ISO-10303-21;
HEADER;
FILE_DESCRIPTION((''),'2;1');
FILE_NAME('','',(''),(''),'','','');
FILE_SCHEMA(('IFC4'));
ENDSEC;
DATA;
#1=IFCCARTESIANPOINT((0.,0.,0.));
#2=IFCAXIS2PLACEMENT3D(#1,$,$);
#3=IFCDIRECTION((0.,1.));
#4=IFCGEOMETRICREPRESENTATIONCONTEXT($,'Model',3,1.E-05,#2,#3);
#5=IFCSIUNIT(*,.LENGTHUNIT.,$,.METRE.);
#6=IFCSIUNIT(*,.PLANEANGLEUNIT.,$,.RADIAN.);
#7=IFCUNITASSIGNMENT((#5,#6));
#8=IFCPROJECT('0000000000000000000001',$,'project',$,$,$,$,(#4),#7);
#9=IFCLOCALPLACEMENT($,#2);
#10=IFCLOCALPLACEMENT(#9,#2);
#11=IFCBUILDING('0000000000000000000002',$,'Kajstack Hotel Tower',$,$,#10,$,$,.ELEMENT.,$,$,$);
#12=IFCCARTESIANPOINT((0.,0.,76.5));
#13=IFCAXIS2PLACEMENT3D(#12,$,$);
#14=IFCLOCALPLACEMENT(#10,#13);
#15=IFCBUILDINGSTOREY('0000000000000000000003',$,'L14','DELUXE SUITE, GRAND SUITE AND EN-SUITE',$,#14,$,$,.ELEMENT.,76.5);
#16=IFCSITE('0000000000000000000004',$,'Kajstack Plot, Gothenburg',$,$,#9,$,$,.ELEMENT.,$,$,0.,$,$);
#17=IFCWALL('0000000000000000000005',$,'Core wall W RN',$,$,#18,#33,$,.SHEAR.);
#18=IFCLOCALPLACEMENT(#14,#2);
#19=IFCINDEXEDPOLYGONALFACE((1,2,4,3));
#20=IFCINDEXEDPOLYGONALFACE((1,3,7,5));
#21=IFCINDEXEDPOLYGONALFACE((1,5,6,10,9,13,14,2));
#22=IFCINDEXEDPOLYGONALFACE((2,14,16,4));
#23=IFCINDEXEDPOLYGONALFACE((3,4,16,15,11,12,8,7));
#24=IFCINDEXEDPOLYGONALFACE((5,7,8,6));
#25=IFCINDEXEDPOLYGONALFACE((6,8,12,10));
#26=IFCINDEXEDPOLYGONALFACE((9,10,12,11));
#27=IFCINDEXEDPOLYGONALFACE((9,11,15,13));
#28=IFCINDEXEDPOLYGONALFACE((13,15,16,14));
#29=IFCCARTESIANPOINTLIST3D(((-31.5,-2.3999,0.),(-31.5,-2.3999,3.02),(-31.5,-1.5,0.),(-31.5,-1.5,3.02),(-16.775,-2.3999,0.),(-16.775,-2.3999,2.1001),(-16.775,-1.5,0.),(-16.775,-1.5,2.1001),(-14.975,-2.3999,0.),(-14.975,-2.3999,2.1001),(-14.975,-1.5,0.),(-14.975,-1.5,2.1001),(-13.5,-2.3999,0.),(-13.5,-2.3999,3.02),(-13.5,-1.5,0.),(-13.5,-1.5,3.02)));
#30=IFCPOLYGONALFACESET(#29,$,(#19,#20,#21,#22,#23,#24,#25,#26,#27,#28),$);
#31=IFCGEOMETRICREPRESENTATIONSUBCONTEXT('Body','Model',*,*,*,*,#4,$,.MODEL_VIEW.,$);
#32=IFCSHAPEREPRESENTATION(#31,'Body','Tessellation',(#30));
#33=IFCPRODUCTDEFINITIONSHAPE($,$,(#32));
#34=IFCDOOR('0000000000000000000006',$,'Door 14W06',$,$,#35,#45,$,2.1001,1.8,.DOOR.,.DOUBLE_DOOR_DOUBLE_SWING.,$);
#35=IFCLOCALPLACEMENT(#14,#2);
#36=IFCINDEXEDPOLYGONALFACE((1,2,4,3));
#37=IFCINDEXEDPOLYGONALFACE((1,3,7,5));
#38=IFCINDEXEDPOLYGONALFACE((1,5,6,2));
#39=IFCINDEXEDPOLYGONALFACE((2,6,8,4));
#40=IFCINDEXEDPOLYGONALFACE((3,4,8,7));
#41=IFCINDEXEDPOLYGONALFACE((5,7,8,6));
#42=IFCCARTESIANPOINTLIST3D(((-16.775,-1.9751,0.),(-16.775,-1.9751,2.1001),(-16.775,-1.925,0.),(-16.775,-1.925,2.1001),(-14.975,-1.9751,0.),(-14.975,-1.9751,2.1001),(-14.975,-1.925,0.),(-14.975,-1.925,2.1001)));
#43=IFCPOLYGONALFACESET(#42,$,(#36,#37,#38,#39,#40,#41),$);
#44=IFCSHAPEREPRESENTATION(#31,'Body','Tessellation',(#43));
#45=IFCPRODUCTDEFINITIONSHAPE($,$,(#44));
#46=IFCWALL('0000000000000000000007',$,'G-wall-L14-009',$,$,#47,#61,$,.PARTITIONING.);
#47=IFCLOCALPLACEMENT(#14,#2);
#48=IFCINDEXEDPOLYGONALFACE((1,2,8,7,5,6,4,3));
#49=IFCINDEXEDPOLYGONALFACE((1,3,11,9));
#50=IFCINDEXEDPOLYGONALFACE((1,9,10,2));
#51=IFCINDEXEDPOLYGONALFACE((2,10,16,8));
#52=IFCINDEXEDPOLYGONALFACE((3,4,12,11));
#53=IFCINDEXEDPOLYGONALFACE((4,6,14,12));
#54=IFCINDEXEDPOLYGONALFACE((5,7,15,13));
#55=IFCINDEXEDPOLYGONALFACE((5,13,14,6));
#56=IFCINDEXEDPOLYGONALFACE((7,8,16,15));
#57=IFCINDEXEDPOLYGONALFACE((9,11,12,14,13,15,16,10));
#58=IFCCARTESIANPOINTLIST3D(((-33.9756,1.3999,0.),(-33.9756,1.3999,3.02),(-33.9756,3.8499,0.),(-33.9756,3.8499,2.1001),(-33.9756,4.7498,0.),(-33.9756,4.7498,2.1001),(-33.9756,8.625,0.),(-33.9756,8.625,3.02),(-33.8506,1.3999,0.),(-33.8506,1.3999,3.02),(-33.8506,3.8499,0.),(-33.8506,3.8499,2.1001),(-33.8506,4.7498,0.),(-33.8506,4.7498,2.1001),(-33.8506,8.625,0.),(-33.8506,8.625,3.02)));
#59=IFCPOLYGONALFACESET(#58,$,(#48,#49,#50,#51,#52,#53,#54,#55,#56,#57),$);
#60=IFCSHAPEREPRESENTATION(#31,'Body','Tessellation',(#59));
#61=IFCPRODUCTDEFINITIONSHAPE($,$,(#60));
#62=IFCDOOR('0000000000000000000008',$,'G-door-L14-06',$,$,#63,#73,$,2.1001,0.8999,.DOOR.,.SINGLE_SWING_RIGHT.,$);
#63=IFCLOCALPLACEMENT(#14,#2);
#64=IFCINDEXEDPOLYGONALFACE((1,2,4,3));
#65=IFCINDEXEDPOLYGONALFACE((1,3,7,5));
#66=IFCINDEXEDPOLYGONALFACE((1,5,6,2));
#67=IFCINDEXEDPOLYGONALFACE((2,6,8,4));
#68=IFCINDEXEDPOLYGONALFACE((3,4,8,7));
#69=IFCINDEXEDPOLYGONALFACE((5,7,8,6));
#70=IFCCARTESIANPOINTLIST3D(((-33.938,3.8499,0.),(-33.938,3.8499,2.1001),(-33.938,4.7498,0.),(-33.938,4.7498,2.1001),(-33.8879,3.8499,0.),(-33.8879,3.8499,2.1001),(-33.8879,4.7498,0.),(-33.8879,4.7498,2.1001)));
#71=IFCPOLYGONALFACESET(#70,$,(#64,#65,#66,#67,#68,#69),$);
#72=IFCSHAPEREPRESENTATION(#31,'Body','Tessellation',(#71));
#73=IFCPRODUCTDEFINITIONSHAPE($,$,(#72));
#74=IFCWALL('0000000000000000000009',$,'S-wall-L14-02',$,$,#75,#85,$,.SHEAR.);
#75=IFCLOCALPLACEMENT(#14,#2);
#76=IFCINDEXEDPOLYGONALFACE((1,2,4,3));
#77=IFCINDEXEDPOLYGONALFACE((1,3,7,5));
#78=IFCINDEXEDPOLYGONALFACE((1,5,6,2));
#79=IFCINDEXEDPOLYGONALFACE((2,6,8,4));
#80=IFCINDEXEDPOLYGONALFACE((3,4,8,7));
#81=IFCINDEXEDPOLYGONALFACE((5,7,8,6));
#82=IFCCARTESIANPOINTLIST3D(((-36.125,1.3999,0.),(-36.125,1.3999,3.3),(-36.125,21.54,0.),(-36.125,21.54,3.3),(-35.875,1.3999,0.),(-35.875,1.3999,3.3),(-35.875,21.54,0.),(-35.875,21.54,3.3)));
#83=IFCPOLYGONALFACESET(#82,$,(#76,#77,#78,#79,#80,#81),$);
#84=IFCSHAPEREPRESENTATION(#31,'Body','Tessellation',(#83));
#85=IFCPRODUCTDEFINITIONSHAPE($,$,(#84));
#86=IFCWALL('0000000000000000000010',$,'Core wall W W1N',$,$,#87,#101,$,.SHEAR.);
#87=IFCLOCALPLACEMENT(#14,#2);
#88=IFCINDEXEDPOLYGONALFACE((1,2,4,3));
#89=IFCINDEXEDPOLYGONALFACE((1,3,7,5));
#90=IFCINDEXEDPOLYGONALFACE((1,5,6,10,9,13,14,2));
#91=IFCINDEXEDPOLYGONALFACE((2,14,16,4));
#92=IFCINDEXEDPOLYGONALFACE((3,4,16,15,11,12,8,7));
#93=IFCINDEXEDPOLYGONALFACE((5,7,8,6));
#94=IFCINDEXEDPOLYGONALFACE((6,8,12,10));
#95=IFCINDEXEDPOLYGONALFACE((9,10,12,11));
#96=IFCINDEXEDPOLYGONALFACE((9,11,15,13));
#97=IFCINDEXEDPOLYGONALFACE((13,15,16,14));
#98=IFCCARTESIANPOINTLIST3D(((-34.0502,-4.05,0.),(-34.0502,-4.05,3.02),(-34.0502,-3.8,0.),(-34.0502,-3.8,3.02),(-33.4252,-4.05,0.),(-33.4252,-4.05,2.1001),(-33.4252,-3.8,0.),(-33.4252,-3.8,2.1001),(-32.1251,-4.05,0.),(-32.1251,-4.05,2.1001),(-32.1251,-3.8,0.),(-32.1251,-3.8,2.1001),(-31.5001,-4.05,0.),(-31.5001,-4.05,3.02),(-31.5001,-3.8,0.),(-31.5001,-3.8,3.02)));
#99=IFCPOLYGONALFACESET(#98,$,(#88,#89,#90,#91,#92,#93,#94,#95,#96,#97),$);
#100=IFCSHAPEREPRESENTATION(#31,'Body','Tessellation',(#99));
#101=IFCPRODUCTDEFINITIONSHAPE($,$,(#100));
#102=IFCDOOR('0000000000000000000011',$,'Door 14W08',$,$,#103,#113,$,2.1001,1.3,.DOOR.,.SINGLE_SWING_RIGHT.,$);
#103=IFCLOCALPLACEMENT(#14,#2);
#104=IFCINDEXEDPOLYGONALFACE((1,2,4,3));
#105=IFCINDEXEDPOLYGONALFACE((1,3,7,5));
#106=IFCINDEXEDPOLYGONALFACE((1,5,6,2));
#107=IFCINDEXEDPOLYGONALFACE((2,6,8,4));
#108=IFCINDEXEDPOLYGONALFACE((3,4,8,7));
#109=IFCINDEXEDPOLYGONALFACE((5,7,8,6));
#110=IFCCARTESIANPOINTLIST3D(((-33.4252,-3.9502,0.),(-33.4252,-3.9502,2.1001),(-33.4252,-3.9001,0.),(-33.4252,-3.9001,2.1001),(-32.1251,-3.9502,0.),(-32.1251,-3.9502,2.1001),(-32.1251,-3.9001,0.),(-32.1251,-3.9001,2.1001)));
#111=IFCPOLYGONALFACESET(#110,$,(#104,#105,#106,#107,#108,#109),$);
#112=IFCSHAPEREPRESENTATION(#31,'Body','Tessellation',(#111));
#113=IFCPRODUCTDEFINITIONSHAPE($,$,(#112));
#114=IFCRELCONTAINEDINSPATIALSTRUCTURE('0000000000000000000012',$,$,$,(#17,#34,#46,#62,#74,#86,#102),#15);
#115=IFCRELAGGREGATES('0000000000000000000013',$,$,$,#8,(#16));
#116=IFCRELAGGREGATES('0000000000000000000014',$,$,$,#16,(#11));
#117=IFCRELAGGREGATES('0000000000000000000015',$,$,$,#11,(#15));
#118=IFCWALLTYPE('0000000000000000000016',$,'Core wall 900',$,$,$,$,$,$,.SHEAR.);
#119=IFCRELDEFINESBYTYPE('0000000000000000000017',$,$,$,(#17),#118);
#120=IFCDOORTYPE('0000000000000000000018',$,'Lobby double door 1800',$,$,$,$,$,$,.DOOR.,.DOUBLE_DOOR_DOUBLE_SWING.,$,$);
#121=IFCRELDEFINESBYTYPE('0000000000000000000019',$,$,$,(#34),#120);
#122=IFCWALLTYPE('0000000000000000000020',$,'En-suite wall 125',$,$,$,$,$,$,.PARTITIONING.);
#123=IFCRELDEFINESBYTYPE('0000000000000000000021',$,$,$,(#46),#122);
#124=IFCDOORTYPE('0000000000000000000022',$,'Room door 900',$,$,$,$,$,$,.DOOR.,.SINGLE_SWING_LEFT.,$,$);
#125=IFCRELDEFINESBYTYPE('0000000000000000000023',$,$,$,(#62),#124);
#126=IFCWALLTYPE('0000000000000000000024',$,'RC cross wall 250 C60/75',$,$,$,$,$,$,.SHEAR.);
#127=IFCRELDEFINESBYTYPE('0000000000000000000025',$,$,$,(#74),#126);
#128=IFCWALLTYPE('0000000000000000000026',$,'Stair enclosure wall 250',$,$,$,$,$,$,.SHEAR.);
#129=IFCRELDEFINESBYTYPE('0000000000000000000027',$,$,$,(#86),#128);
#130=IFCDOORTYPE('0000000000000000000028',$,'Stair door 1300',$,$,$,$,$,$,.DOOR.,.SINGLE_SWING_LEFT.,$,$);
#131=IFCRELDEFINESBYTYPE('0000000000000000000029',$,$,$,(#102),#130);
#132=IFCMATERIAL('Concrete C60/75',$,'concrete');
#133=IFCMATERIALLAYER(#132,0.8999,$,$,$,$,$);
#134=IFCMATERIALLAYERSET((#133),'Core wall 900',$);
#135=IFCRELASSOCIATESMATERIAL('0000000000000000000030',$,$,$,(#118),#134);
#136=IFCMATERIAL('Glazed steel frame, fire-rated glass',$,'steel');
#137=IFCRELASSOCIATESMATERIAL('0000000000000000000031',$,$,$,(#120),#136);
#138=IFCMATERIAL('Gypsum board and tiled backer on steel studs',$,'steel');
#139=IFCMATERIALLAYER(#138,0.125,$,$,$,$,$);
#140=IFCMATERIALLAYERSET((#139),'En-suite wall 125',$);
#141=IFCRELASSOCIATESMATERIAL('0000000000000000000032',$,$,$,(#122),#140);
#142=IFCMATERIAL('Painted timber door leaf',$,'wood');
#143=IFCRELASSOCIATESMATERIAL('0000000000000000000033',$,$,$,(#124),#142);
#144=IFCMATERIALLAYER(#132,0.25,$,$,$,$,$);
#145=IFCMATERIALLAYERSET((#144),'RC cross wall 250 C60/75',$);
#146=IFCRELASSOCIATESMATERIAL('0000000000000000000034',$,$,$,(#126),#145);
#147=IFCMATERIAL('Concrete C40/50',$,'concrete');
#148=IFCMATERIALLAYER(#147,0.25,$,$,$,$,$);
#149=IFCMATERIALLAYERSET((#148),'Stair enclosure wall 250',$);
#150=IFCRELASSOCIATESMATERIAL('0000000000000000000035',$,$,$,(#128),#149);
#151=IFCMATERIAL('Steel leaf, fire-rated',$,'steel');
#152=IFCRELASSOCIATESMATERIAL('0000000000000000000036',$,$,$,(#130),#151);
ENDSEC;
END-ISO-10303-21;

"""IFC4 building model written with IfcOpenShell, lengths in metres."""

from ifc_helpers import new_model, si_unit, direction, frame, frame_2d, origin, place, context, subcontext, project, spatial, rectangle, extrude, material, layer, layer_set, type_object, element, fill, save


model = new_model("IFC4")

# Units and contexts
model_context = context("Model", 3, precision=1e-05, world=origin(), true_north=direction((0.0, 1.0)))
body_context = subcontext(model_context, "Body", "Model", "MODEL_VIEW")
ifc_project = project(units=[si_unit("LENGTHUNIT", "METRE"), si_unit("PLANEANGLEUNIT", "RADIAN")], contexts=[model_context])

# Site, building, storey
site_placement = place(None, origin())
site = spatial("IfcSite", under=ifc_project, at=site_placement, Name="Kajstack Plot, Gothenburg", CompositionType="ELEMENT", RefElevation=0.0)
building_placement = place(site_placement, origin())
building = spatial("IfcBuilding", under=site, at=building_placement, Name="Kajstack Hotel Tower", CompositionType="ELEMENT")
storey_placement = place(building_placement, frame((0.0, 0.0, 76.5)))
storey = spatial("IfcBuildingStorey", under=building, at=storey_placement, Name="L14", Description="DELUXE SUITE, GRAND SUITE AND EN-SUITE", CompositionType="ELEMENT", Elevation=76.5)

# Walls, openings, doors
ifc_material_1 = material(Name="Concrete C60/75", Category="concrete")
ifc_layer_1 = layer(ifc_material_1, 0.8999)
ifc_layer_set_1 = layer_set([ifc_layer_1], Name="Core wall 900")
wall_type_1 = type_object("IfcWallType", Name="Core wall 900", PredefinedType="SHEAR", material=ifc_layer_set_1)
wall_1_placement = place(storey_placement, frame((-31.5, -1.95, 0.0), z_axis=(0.0, 0.0, 1.0), x_axis=(1.0, 0.0, 0.0)))
wall_1 = element("IfcWall", 1, at=wall_1_placement, inside=storey, type_object=wall_type_1, Name="Core wall W RN", PredefinedType="SHEAR", context=body_context, shape_type="SweptSolid", body=[
    extrude(rectangle(XDim=18.0, YDim=0.8999, at=frame_2d((9.0, 0.0))), origin(), (0.0, 0.0, 1.0), 3.02),
])
opening_1_placement = place(wall_1_placement, frame((14.7251, 0.0, 0.0)))
opening_1 = element("IfcOpeningElement", 2, at=opening_1_placement, cuts=wall_1, PredefinedType="OPENING", context=body_context, shape_type="SweptSolid", body=[
    extrude(rectangle(XDim=1.8, YDim=2.1001, at=frame_2d((0.8999, 1.05))), frame((0.0, 0.46, 0.0), z_axis=(0.0, -1.0, 0.0), x_axis=(1.0, 0.0, 0.0)), (0.0, 0.0, 1.0), 0.9199),
])
ifc_material_2 = material(Name="Glazed steel frame, fire-rated glass", Category="steel")
door_type_1 = type_object("IfcDoorType", Name="Lobby double door 1800", OperationType="DOUBLE_DOOR_DOUBLE_SWING", PredefinedType="DOOR", material=ifc_material_2)
door_1_placement = place(opening_1_placement, origin())
door_1 = element("IfcDoor", 3, at=door_1_placement, inside=storey, type_object=door_type_1, Name="Door 14W06", OperationType="DOUBLE_DOOR_DOUBLE_SWING", OverallHeight=2.1001, OverallWidth=1.8, PredefinedType="DOOR", context=body_context, shape_type="SweptSolid", body=[
    extrude(rectangle(XDim=1.8, YDim=2.1001, at=frame_2d((0.8999, 1.05))), frame((0.0, 0.0249, 0.0), z_axis=(0.0, -1.0, 0.0), x_axis=(1.0, 0.0, 0.0)), (0.0, 0.0, 1.0), 0.05),
])
fill(opening_1, door_1)
ifc_material_3 = material(Name="Gypsum board and tiled backer on steel studs", Category="steel")
ifc_layer_2 = layer(ifc_material_3, 0.125)
ifc_layer_set_2 = layer_set([ifc_layer_2], Name="En-suite wall 125")
wall_type_2 = type_object("IfcWallType", Name="En-suite wall 125", PredefinedType="PARTITIONING", material=ifc_layer_set_2)
wall_2_placement = place(storey_placement, frame((-33.9131, 1.3999, 0.0), z_axis=(0.0, 0.0, 1.0), x_axis=(0.0, 1.0, 0.0)))
wall_2 = element("IfcWall", 4, at=wall_2_placement, inside=storey, type_object=wall_type_2, Name="G-wall-L14-009", PredefinedType="PARTITIONING", context=body_context, shape_type="SweptSolid", body=[
    extrude(rectangle(XDim=7.2251, YDim=0.125, at=frame_2d((3.6125, 0.0))), origin(), (0.0, 0.0, 1.0), 3.02),
])
opening_2_placement = place(wall_2_placement, frame((2.45, 0.0, 0.0)))
opening_2 = element("IfcOpeningElement", 5, at=opening_2_placement, cuts=wall_2, PredefinedType="OPENING", context=body_context, shape_type="SweptSolid", body=[
    extrude(rectangle(XDim=0.8999, YDim=2.1001, at=frame_2d((0.45, 1.05))), frame((0.0, 0.0725, 0.0), z_axis=(0.0, -1.0, 0.0), x_axis=(1.0, 0.0, 0.0)), (0.0, 0.0, 1.0), 0.145),
])
ifc_material_4 = material(Name="Painted timber door leaf", Category="wood")
door_type_2 = type_object("IfcDoorType", Name="Room door 900", OperationType="SINGLE_SWING_LEFT", PredefinedType="DOOR", material=ifc_material_4)
door_2_placement = place(opening_2_placement, origin())
door_2 = element("IfcDoor", 6, at=door_2_placement, inside=storey, type_object=door_type_2, Name="G-door-L14-06", OperationType="SINGLE_SWING_RIGHT", OverallHeight=2.1001, OverallWidth=0.8999, PredefinedType="DOOR", context=body_context, shape_type="SweptSolid", body=[
    extrude(rectangle(XDim=0.8999, YDim=2.1001, at=frame_2d((0.45, 1.05))), frame((0.0, 0.0249, 0.0), z_axis=(0.0, -1.0, 0.0), x_axis=(1.0, 0.0, 0.0)), (0.0, 0.0, 1.0), 0.05),
])
fill(opening_2, door_2)

# Wall
ifc_layer_3 = layer(ifc_material_1, 0.25)
ifc_layer_set_3 = layer_set([ifc_layer_3], Name="RC cross wall 250 C60/75")
wall_type_3 = type_object("IfcWallType", Name="RC cross wall 250 C60/75", PredefinedType="SHEAR", material=ifc_layer_set_3)
wall_3_placement = place(storey_placement, frame((-36.0, 1.3999, 0.0), z_axis=(0.0, 0.0, 1.0), x_axis=(0.0, 1.0, 0.0)))
element("IfcWall", 7, at=wall_3_placement, inside=storey, type_object=wall_type_3, Name="S-wall-L14-02", PredefinedType="SHEAR", context=body_context, shape_type="SweptSolid", body=[
    extrude(rectangle(XDim=20.1401, YDim=0.25, at=frame_2d((10.0701, 0.0))), origin(), (0.0, 0.0, 1.0), 3.3),
])

# Wall, opening, door
ifc_material_5 = material(Name="Concrete C40/50", Category="concrete")
ifc_layer_4 = layer(ifc_material_5, 0.25)
ifc_layer_set_4 = layer_set([ifc_layer_4], Name="Stair enclosure wall 250")
wall_type_4 = type_object("IfcWallType", Name="Stair enclosure wall 250", PredefinedType="SHEAR", material=ifc_layer_set_4)
wall_4_placement = place(storey_placement, frame((-34.05, -3.925, 0.0), z_axis=(0.0, 0.0, 1.0), x_axis=(1.0, 0.0, 0.0)))
wall_4 = element("IfcWall", 8, at=wall_4_placement, inside=storey, type_object=wall_type_4, Name="Core wall W W1N", PredefinedType="SHEAR", context=body_context, shape_type="SweptSolid", body=[
    extrude(rectangle(XDim=2.55, YDim=0.25, at=frame_2d((1.2749, 0.0))), origin(), (0.0, 0.0, 1.0), 3.02),
])
opening_3_placement = place(wall_4_placement, frame((0.625, 0.0, 0.0)))
opening_3 = element("IfcOpeningElement", 9, at=opening_3_placement, cuts=wall_4, PredefinedType="OPENING", context=body_context, shape_type="SweptSolid", body=[
    extrude(rectangle(XDim=1.3, YDim=2.1001, at=frame_2d((0.6499, 1.05))), frame((0.0, 0.135, 0.0), z_axis=(0.0, -1.0, 0.0), x_axis=(1.0, 0.0, 0.0)), (0.0, 0.0, 1.0), 0.27),
])
ifc_material_6 = material(Name="Steel leaf, fire-rated", Category="steel")
door_type_3 = type_object("IfcDoorType", Name="Stair door 1300", OperationType="SINGLE_SWING_LEFT", PredefinedType="DOOR", material=ifc_material_6)
door_3_placement = place(opening_3_placement, origin())
door_3 = element("IfcDoor", 10, at=door_3_placement, inside=storey, type_object=door_type_3, Name="Door 14W08", OperationType="SINGLE_SWING_RIGHT", OverallHeight=2.1001, OverallWidth=1.3, PredefinedType="DOOR", context=body_context, shape_type="SweptSolid", body=[
    extrude(rectangle(XDim=1.3, YDim=2.1001, at=frame_2d((0.6499, 1.05))), frame((0.0, 0.0249, 0.0), z_axis=(0.0, -1.0, 0.0), x_axis=(1.0, 0.0, 0.0)), (0.0, 0.0, 1.0), 0.05),
])
fill(opening_3, door_3)

save(model, "model.ifc")
